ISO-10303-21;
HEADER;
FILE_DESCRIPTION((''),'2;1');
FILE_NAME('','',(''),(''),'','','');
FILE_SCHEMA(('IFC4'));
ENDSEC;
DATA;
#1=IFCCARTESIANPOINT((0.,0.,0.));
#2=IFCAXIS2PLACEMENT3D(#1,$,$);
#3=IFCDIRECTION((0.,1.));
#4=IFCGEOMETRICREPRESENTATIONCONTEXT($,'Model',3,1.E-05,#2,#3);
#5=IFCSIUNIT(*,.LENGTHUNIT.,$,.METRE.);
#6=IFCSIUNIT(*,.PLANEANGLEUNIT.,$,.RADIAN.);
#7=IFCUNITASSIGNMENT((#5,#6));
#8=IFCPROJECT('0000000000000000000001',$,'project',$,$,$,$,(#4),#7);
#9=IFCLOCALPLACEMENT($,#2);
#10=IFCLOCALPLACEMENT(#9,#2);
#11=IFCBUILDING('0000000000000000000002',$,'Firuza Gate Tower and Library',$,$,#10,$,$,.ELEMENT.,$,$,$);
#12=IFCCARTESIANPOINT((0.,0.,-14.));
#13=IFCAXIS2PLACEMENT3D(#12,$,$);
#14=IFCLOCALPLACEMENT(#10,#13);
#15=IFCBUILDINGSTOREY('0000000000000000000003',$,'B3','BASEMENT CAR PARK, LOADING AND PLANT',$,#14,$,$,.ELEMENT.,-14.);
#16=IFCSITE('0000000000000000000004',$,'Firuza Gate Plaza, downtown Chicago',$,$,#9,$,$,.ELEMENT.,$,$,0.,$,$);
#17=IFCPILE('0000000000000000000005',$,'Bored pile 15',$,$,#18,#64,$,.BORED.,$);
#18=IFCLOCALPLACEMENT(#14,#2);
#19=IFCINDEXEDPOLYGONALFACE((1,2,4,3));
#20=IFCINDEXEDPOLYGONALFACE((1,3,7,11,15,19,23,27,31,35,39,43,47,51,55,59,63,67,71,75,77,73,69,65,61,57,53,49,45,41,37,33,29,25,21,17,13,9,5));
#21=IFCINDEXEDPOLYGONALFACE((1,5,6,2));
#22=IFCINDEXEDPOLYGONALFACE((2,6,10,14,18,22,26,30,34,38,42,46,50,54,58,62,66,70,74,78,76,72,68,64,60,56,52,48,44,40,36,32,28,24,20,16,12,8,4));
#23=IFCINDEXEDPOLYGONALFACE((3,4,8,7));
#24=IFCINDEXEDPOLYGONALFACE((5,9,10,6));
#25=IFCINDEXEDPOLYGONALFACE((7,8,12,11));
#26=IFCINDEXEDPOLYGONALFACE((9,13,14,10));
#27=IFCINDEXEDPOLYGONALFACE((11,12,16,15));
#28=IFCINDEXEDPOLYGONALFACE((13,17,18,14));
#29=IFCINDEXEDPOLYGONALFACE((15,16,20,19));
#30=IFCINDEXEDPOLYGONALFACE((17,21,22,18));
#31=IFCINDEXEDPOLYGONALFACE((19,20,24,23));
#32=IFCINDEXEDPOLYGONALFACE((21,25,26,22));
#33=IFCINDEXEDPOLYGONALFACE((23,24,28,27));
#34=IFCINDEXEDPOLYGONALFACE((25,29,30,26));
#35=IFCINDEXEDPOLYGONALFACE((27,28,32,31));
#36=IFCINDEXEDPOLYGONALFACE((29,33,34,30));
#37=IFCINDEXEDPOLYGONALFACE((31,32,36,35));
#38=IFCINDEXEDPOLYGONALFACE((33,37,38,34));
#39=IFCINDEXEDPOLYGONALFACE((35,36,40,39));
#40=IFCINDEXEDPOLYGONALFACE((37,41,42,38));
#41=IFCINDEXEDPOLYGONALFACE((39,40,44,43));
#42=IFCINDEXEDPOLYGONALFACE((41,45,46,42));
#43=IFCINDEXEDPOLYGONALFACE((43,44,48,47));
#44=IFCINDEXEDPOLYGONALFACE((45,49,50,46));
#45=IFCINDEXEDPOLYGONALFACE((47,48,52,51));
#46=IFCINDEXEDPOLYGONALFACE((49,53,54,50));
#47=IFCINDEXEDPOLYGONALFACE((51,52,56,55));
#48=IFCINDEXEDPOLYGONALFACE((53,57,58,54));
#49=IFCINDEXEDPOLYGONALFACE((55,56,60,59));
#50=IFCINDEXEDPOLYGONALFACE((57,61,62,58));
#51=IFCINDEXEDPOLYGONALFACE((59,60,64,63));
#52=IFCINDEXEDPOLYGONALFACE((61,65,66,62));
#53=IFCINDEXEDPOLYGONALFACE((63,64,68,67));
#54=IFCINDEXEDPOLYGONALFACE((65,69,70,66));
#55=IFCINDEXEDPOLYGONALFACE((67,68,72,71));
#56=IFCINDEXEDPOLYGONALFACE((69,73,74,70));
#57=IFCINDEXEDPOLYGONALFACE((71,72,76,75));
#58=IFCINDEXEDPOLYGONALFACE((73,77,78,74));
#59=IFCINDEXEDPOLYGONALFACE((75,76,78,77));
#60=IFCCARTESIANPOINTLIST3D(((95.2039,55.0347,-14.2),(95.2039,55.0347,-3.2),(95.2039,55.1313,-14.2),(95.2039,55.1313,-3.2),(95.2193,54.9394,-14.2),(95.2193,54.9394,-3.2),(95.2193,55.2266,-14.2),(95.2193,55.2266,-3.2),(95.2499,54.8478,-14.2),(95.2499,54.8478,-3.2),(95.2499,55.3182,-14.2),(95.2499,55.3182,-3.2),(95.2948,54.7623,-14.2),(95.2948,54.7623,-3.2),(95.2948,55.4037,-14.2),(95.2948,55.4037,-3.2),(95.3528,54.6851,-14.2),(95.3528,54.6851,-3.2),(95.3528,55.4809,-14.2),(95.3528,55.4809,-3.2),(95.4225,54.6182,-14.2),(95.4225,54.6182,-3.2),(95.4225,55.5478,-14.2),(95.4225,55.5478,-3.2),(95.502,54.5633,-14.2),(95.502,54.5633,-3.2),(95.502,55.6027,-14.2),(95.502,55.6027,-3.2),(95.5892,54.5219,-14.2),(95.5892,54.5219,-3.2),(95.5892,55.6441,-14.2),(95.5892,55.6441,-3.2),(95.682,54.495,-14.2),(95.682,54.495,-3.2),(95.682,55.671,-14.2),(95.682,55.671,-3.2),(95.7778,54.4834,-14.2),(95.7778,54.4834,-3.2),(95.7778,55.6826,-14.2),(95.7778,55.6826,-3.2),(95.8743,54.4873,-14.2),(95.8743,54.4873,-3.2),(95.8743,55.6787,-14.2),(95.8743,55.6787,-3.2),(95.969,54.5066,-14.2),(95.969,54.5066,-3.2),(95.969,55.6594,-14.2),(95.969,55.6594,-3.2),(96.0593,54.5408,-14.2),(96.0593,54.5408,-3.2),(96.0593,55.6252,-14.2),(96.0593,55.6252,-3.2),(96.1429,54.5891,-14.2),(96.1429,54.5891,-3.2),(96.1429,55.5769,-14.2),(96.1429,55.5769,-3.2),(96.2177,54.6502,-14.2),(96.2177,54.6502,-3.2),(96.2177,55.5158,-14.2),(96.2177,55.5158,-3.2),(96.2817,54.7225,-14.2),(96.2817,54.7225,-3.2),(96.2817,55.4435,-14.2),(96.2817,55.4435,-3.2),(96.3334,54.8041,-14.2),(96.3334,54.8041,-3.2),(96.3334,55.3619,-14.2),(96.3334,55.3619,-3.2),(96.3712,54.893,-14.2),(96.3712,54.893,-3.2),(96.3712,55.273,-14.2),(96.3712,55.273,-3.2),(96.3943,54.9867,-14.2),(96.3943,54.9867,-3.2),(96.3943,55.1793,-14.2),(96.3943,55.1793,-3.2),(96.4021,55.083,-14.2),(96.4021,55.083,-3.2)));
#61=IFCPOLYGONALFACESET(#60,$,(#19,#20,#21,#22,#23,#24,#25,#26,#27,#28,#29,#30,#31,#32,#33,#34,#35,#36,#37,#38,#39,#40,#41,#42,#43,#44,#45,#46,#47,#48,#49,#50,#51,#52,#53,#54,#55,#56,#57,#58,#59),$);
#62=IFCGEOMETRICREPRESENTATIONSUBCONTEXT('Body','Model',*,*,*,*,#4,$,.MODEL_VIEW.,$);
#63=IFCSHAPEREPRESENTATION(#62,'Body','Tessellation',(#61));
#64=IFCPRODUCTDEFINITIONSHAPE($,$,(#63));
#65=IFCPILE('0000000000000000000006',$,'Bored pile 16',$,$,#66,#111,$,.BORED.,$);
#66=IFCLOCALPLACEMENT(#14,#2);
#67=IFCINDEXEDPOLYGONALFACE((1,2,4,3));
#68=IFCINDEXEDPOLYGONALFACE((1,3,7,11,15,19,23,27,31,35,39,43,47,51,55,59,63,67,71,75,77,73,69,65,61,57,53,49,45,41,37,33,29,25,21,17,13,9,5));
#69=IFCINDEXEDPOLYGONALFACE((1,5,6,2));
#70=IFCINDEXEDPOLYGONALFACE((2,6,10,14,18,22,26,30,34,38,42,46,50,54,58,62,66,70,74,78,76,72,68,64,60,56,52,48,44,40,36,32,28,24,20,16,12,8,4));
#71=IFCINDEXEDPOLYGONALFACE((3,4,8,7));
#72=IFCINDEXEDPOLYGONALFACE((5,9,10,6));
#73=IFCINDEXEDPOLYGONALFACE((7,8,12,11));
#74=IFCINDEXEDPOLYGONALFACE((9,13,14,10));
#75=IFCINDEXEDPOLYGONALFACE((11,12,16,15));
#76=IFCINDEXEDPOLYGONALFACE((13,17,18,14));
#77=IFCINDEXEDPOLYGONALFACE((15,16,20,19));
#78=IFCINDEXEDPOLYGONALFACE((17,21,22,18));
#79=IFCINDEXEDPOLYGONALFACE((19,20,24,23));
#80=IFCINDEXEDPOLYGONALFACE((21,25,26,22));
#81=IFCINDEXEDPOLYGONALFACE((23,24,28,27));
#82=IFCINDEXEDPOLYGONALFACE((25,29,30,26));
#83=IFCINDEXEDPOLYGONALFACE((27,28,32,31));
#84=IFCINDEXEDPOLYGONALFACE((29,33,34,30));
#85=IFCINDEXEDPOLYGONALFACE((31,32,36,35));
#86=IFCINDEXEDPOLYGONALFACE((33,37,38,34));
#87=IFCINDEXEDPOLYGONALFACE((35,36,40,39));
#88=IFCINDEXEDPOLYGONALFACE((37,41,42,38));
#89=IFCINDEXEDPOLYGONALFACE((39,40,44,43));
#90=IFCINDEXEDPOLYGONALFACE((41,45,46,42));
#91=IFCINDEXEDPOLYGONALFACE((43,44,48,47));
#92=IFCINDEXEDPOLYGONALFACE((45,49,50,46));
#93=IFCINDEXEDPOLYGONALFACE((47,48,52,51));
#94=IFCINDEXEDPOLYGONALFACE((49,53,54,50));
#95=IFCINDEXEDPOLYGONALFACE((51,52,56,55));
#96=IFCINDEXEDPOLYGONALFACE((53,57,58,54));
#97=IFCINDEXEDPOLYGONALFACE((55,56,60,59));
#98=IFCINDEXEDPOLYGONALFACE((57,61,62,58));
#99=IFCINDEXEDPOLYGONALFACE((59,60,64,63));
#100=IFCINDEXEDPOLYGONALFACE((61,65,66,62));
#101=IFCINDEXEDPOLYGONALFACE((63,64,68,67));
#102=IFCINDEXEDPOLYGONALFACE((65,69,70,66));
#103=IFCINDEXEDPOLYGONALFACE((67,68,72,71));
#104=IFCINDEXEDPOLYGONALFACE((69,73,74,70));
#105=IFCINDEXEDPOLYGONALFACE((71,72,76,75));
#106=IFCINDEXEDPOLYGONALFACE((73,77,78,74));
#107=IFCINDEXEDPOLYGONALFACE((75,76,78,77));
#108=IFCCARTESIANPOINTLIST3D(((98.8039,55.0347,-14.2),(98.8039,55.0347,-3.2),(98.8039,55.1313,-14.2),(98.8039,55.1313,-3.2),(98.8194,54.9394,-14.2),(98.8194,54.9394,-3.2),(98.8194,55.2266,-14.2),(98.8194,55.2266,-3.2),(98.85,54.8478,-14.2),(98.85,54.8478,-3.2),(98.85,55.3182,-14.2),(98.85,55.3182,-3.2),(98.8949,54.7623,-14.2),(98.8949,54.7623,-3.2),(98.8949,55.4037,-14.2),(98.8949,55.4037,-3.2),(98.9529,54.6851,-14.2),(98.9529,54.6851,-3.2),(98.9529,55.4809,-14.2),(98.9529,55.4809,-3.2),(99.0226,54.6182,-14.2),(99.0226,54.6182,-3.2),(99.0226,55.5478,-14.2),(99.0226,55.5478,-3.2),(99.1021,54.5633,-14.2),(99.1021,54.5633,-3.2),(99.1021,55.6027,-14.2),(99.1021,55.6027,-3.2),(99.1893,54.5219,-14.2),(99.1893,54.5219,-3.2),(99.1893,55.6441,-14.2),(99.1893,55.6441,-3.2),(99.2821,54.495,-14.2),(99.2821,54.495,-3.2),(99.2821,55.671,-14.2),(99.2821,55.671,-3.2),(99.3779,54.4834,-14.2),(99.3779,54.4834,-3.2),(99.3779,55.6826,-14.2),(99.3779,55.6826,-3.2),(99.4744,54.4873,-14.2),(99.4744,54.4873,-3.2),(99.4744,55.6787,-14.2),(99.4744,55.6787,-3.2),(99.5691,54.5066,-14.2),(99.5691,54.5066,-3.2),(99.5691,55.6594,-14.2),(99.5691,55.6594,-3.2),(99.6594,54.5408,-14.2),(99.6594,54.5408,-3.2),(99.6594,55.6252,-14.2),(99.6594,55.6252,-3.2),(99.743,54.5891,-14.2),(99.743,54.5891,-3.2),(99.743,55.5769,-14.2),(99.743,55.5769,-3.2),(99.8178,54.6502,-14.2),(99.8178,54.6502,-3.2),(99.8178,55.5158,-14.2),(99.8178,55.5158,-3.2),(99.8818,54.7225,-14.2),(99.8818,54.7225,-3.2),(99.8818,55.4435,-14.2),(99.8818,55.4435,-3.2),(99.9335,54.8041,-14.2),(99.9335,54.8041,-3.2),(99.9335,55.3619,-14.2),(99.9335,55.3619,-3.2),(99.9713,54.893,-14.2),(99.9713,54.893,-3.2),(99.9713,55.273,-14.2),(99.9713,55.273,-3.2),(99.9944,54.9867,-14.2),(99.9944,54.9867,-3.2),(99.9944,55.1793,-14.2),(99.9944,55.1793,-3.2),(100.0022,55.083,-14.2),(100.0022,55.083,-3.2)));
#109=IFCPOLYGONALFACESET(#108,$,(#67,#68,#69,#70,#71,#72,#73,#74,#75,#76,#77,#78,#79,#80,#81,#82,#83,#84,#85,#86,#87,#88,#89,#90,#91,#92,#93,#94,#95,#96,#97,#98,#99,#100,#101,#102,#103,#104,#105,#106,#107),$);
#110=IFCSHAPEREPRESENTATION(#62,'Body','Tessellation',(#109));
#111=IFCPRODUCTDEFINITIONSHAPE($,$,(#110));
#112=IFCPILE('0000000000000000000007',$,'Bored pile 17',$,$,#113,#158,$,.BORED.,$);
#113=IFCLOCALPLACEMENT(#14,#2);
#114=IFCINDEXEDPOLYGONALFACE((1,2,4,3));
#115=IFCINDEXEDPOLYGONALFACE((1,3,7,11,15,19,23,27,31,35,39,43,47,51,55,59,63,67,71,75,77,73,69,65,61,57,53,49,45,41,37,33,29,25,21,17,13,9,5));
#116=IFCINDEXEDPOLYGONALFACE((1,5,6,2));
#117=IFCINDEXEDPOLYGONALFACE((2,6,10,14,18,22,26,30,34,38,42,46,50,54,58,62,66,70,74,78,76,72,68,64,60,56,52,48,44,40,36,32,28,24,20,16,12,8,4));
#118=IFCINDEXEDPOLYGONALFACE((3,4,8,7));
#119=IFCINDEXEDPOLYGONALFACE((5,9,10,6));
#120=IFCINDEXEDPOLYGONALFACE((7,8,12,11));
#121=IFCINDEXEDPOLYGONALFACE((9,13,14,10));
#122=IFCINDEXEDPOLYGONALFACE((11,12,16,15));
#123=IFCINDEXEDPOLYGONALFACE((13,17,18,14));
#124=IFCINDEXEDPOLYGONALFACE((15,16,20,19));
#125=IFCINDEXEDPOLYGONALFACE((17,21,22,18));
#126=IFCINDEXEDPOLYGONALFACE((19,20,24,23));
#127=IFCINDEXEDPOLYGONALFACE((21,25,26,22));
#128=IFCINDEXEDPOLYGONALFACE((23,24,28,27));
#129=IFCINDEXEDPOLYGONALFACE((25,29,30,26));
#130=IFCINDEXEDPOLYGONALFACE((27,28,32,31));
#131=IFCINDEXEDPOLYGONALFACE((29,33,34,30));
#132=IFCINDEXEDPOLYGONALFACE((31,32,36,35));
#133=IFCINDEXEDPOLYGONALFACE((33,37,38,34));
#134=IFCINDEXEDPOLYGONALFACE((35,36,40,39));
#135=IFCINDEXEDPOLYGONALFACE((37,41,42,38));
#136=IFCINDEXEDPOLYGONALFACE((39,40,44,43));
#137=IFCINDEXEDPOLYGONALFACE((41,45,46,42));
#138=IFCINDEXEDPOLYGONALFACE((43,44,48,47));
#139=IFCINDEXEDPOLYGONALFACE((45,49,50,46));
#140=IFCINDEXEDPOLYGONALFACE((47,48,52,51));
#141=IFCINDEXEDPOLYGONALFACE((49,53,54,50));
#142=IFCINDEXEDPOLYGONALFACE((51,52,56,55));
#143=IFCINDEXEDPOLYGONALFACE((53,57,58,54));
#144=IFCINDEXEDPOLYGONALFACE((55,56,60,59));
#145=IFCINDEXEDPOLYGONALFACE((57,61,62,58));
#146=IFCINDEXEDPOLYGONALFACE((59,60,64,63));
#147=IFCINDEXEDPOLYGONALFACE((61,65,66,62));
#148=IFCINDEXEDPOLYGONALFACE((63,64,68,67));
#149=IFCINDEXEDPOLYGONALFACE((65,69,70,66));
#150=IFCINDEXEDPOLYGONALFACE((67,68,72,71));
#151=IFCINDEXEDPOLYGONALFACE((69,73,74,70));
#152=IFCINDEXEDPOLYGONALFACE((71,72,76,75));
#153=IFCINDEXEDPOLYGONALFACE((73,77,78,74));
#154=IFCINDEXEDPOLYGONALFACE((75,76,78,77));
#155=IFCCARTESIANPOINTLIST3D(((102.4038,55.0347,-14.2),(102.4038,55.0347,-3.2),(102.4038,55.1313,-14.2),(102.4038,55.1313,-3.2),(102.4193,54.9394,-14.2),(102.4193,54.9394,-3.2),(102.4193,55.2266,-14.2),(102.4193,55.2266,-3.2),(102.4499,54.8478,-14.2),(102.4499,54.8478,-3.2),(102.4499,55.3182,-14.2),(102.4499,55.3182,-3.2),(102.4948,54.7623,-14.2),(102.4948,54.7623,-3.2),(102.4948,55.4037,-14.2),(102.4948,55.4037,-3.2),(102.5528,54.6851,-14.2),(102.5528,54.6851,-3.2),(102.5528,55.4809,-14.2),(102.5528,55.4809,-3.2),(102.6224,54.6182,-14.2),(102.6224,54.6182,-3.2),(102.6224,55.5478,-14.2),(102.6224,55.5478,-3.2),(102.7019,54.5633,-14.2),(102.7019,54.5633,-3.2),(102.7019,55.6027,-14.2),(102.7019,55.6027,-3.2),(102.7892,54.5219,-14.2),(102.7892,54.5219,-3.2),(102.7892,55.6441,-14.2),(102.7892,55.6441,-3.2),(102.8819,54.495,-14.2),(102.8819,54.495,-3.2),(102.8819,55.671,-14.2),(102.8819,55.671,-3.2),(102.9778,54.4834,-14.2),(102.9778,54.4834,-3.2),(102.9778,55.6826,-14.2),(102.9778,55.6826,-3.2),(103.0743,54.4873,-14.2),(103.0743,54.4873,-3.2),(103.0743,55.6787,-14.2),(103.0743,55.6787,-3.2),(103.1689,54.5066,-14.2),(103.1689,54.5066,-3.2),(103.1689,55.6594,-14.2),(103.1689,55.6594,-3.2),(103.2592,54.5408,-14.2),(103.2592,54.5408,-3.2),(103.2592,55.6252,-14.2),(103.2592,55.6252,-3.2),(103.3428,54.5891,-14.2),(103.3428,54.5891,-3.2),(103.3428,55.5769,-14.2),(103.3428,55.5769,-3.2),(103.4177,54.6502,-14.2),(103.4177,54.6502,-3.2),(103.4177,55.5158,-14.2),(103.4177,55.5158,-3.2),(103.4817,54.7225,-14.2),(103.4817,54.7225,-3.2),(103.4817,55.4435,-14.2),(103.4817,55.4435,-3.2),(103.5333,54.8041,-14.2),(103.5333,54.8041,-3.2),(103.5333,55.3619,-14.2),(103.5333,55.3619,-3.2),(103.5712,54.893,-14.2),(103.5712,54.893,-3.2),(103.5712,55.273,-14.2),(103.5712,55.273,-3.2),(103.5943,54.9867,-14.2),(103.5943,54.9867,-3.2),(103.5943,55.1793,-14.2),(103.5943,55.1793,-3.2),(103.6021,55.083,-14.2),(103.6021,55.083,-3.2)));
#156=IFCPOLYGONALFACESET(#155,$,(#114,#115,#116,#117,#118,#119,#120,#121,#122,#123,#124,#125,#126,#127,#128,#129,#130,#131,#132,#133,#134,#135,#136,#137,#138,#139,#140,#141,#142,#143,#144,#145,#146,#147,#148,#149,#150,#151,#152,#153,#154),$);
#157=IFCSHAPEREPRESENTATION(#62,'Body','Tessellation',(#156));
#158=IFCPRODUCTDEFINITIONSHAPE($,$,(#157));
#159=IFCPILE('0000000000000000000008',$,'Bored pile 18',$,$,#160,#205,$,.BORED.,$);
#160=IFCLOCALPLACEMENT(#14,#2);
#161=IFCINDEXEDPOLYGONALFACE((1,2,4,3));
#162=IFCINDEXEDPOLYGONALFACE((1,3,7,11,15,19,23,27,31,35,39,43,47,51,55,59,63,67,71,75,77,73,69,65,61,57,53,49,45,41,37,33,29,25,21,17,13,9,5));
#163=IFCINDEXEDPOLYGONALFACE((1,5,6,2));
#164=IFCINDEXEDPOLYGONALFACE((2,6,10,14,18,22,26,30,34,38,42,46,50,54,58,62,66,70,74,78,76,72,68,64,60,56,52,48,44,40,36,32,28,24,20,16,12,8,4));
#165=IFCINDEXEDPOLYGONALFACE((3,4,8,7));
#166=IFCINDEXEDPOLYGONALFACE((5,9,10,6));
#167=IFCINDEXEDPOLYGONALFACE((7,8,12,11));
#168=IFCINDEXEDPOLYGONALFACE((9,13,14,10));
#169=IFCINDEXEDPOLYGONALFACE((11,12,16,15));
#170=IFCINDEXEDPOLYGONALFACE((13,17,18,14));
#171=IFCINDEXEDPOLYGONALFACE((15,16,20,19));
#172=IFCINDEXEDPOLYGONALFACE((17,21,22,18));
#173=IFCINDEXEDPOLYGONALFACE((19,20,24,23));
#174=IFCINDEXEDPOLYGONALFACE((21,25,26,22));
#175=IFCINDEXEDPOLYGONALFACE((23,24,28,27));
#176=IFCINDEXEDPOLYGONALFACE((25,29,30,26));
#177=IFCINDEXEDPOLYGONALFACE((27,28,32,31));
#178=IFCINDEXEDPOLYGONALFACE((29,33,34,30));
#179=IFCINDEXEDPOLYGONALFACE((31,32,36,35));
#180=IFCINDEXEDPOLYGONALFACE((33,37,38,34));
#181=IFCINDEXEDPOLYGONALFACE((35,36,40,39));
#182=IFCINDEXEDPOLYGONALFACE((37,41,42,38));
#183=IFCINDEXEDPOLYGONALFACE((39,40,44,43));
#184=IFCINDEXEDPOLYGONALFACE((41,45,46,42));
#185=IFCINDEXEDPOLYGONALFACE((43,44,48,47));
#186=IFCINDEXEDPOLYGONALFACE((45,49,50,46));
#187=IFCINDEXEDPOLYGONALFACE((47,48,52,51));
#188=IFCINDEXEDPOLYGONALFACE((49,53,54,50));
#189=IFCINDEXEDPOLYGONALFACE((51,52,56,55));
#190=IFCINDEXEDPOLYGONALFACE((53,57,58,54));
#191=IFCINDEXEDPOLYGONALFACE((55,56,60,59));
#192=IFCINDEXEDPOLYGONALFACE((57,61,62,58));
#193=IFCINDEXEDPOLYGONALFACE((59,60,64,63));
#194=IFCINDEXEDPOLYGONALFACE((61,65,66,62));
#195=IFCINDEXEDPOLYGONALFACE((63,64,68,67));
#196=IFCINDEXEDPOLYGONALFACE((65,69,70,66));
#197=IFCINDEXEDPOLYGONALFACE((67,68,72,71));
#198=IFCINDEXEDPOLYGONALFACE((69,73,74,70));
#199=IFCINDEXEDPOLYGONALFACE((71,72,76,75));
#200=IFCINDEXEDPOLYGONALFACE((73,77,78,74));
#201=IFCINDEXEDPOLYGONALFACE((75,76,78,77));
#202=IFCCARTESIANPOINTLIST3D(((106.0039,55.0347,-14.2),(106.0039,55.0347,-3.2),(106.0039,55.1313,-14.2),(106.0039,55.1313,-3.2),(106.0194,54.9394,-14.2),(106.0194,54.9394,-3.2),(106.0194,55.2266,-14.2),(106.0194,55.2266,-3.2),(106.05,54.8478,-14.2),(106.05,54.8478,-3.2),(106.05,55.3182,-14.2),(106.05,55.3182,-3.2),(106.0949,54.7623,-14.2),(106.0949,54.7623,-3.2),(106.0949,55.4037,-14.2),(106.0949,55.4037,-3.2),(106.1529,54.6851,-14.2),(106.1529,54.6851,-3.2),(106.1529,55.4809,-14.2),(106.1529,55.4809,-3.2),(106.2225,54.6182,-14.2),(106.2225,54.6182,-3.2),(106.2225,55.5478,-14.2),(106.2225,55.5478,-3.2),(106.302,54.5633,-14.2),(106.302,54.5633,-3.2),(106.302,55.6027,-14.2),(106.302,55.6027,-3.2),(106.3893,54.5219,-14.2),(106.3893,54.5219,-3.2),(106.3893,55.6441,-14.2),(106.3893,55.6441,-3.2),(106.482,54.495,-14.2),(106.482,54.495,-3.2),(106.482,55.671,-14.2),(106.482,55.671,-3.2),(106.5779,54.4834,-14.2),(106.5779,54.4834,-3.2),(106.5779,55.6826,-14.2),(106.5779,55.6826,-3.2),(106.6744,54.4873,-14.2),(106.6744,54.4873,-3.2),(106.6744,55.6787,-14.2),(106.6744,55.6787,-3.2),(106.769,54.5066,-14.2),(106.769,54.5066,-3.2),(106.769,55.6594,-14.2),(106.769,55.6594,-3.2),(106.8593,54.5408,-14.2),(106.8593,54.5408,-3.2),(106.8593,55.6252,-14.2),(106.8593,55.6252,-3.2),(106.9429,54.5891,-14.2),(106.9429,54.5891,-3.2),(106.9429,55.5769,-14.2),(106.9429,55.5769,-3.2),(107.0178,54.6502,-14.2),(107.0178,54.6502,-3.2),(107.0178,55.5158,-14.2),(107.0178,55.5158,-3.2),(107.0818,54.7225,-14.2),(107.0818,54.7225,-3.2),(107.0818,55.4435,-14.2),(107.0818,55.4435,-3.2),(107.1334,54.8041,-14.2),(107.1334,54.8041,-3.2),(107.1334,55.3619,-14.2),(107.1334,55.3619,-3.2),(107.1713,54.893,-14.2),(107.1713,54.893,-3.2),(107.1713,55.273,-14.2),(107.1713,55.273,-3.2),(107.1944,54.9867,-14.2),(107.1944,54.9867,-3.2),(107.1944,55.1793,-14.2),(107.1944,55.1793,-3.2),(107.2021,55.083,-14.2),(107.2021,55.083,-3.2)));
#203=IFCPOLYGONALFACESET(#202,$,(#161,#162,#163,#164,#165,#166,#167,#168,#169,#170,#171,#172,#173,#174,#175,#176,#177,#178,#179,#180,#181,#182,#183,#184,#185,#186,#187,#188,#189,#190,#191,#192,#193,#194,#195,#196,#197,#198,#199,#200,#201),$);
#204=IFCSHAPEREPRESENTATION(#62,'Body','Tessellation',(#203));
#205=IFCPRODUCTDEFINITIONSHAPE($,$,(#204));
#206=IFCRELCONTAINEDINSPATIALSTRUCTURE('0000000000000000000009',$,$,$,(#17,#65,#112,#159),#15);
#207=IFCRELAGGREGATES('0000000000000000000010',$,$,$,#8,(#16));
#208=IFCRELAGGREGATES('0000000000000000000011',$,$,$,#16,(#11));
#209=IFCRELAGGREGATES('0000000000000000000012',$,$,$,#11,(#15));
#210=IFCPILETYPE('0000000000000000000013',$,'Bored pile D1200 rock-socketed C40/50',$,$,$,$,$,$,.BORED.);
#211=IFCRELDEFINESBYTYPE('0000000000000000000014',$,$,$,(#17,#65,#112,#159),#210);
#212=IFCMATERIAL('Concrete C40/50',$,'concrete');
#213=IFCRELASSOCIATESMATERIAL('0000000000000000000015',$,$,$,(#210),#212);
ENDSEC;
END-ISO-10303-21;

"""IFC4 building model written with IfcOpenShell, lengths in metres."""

from ifc_helpers import new_model, si_unit, direction, frame, origin, origin_2d, place, context, subcontext, project, spatial, circle, extrude, material, material_profile, profile_set, type_object, element, save


model = new_model("IFC4")

# Units and contexts
model_context = context("Model", 3, precision=1e-05, world=origin(), true_north=direction((0.0, 1.0)))
body_context = subcontext(model_context, "Body", "Model", "MODEL_VIEW")
ifc_project = project(units=[si_unit("LENGTHUNIT", "METRE"), si_unit("PLANEANGLEUNIT", "RADIAN")], contexts=[model_context])

# Site, building, storey
site_placement = place(None, origin())
site = spatial("IfcSite", under=ifc_project, at=site_placement, Name="Firuza Gate Plaza, downtown Chicago", CompositionType="ELEMENT", RefElevation=0.0)
building_placement = place(site_placement, origin())
building = spatial("IfcBuilding", under=site, at=building_placement, Name="Firuza Gate Tower and Library", CompositionType="ELEMENT")
storey_placement = place(building_placement, frame((0.0, 0.0, -14.0)))
storey = spatial("IfcBuildingStorey", under=building, at=storey_placement, Name="B3", Description="BASEMENT CAR PARK, LOADING AND PLANT", CompositionType="ELEMENT", Elevation=-14.0)

# Piles
ifc_material_1 = material(Name="Concrete C40/50", Category="concrete")
ifc_material_profile_1 = material_profile(ifc_material_1, circle(Radius=0.6001, at=origin_2d()))
ifc_profile_set_1 = profile_set([ifc_material_profile_1], Name="Concrete C40/50")
pile_type = type_object("IfcPileType", Name="Bored pile D1200 rock-socketed C40/50", PredefinedType="BORED", material=ifc_profile_set_1)
for number, where, z_axis, x_axis, name in (
    (1, (95.802, 55.083, -3.2), (0.0, 0.0, -1.0), (1.0, 0.0, 0.0), "Bored pile 15"),
    (2, (99.4021, 55.083, -3.2), (0.0, 0.0, -1.0), (1.0, 0.0, 0.0), "Bored pile 16"),
    (3, (103.002, 55.083, -3.2), (0.0, 0.0, -1.0), (1.0, 0.0, 0.0), "Bored pile 17"),
    (4, (106.6021, 55.083, -3.2), (0.0, 0.0, -1.0), (1.0, 0.0, 0.0), "Bored pile 18"),
):
    element("IfcPile", number, at=place(storey_placement, frame(where, z_axis=z_axis, x_axis=x_axis)), inside=storey, type_object=pile_type, Name=name, PredefinedType="BORED", context=body_context, shape_type="SweptSolid", body=[
        extrude(circle(Radius=0.6001, at=origin_2d()), origin(), (0.0, 0.0, 1.0), 11.0),
    ])

save(model, "model.ifc")
